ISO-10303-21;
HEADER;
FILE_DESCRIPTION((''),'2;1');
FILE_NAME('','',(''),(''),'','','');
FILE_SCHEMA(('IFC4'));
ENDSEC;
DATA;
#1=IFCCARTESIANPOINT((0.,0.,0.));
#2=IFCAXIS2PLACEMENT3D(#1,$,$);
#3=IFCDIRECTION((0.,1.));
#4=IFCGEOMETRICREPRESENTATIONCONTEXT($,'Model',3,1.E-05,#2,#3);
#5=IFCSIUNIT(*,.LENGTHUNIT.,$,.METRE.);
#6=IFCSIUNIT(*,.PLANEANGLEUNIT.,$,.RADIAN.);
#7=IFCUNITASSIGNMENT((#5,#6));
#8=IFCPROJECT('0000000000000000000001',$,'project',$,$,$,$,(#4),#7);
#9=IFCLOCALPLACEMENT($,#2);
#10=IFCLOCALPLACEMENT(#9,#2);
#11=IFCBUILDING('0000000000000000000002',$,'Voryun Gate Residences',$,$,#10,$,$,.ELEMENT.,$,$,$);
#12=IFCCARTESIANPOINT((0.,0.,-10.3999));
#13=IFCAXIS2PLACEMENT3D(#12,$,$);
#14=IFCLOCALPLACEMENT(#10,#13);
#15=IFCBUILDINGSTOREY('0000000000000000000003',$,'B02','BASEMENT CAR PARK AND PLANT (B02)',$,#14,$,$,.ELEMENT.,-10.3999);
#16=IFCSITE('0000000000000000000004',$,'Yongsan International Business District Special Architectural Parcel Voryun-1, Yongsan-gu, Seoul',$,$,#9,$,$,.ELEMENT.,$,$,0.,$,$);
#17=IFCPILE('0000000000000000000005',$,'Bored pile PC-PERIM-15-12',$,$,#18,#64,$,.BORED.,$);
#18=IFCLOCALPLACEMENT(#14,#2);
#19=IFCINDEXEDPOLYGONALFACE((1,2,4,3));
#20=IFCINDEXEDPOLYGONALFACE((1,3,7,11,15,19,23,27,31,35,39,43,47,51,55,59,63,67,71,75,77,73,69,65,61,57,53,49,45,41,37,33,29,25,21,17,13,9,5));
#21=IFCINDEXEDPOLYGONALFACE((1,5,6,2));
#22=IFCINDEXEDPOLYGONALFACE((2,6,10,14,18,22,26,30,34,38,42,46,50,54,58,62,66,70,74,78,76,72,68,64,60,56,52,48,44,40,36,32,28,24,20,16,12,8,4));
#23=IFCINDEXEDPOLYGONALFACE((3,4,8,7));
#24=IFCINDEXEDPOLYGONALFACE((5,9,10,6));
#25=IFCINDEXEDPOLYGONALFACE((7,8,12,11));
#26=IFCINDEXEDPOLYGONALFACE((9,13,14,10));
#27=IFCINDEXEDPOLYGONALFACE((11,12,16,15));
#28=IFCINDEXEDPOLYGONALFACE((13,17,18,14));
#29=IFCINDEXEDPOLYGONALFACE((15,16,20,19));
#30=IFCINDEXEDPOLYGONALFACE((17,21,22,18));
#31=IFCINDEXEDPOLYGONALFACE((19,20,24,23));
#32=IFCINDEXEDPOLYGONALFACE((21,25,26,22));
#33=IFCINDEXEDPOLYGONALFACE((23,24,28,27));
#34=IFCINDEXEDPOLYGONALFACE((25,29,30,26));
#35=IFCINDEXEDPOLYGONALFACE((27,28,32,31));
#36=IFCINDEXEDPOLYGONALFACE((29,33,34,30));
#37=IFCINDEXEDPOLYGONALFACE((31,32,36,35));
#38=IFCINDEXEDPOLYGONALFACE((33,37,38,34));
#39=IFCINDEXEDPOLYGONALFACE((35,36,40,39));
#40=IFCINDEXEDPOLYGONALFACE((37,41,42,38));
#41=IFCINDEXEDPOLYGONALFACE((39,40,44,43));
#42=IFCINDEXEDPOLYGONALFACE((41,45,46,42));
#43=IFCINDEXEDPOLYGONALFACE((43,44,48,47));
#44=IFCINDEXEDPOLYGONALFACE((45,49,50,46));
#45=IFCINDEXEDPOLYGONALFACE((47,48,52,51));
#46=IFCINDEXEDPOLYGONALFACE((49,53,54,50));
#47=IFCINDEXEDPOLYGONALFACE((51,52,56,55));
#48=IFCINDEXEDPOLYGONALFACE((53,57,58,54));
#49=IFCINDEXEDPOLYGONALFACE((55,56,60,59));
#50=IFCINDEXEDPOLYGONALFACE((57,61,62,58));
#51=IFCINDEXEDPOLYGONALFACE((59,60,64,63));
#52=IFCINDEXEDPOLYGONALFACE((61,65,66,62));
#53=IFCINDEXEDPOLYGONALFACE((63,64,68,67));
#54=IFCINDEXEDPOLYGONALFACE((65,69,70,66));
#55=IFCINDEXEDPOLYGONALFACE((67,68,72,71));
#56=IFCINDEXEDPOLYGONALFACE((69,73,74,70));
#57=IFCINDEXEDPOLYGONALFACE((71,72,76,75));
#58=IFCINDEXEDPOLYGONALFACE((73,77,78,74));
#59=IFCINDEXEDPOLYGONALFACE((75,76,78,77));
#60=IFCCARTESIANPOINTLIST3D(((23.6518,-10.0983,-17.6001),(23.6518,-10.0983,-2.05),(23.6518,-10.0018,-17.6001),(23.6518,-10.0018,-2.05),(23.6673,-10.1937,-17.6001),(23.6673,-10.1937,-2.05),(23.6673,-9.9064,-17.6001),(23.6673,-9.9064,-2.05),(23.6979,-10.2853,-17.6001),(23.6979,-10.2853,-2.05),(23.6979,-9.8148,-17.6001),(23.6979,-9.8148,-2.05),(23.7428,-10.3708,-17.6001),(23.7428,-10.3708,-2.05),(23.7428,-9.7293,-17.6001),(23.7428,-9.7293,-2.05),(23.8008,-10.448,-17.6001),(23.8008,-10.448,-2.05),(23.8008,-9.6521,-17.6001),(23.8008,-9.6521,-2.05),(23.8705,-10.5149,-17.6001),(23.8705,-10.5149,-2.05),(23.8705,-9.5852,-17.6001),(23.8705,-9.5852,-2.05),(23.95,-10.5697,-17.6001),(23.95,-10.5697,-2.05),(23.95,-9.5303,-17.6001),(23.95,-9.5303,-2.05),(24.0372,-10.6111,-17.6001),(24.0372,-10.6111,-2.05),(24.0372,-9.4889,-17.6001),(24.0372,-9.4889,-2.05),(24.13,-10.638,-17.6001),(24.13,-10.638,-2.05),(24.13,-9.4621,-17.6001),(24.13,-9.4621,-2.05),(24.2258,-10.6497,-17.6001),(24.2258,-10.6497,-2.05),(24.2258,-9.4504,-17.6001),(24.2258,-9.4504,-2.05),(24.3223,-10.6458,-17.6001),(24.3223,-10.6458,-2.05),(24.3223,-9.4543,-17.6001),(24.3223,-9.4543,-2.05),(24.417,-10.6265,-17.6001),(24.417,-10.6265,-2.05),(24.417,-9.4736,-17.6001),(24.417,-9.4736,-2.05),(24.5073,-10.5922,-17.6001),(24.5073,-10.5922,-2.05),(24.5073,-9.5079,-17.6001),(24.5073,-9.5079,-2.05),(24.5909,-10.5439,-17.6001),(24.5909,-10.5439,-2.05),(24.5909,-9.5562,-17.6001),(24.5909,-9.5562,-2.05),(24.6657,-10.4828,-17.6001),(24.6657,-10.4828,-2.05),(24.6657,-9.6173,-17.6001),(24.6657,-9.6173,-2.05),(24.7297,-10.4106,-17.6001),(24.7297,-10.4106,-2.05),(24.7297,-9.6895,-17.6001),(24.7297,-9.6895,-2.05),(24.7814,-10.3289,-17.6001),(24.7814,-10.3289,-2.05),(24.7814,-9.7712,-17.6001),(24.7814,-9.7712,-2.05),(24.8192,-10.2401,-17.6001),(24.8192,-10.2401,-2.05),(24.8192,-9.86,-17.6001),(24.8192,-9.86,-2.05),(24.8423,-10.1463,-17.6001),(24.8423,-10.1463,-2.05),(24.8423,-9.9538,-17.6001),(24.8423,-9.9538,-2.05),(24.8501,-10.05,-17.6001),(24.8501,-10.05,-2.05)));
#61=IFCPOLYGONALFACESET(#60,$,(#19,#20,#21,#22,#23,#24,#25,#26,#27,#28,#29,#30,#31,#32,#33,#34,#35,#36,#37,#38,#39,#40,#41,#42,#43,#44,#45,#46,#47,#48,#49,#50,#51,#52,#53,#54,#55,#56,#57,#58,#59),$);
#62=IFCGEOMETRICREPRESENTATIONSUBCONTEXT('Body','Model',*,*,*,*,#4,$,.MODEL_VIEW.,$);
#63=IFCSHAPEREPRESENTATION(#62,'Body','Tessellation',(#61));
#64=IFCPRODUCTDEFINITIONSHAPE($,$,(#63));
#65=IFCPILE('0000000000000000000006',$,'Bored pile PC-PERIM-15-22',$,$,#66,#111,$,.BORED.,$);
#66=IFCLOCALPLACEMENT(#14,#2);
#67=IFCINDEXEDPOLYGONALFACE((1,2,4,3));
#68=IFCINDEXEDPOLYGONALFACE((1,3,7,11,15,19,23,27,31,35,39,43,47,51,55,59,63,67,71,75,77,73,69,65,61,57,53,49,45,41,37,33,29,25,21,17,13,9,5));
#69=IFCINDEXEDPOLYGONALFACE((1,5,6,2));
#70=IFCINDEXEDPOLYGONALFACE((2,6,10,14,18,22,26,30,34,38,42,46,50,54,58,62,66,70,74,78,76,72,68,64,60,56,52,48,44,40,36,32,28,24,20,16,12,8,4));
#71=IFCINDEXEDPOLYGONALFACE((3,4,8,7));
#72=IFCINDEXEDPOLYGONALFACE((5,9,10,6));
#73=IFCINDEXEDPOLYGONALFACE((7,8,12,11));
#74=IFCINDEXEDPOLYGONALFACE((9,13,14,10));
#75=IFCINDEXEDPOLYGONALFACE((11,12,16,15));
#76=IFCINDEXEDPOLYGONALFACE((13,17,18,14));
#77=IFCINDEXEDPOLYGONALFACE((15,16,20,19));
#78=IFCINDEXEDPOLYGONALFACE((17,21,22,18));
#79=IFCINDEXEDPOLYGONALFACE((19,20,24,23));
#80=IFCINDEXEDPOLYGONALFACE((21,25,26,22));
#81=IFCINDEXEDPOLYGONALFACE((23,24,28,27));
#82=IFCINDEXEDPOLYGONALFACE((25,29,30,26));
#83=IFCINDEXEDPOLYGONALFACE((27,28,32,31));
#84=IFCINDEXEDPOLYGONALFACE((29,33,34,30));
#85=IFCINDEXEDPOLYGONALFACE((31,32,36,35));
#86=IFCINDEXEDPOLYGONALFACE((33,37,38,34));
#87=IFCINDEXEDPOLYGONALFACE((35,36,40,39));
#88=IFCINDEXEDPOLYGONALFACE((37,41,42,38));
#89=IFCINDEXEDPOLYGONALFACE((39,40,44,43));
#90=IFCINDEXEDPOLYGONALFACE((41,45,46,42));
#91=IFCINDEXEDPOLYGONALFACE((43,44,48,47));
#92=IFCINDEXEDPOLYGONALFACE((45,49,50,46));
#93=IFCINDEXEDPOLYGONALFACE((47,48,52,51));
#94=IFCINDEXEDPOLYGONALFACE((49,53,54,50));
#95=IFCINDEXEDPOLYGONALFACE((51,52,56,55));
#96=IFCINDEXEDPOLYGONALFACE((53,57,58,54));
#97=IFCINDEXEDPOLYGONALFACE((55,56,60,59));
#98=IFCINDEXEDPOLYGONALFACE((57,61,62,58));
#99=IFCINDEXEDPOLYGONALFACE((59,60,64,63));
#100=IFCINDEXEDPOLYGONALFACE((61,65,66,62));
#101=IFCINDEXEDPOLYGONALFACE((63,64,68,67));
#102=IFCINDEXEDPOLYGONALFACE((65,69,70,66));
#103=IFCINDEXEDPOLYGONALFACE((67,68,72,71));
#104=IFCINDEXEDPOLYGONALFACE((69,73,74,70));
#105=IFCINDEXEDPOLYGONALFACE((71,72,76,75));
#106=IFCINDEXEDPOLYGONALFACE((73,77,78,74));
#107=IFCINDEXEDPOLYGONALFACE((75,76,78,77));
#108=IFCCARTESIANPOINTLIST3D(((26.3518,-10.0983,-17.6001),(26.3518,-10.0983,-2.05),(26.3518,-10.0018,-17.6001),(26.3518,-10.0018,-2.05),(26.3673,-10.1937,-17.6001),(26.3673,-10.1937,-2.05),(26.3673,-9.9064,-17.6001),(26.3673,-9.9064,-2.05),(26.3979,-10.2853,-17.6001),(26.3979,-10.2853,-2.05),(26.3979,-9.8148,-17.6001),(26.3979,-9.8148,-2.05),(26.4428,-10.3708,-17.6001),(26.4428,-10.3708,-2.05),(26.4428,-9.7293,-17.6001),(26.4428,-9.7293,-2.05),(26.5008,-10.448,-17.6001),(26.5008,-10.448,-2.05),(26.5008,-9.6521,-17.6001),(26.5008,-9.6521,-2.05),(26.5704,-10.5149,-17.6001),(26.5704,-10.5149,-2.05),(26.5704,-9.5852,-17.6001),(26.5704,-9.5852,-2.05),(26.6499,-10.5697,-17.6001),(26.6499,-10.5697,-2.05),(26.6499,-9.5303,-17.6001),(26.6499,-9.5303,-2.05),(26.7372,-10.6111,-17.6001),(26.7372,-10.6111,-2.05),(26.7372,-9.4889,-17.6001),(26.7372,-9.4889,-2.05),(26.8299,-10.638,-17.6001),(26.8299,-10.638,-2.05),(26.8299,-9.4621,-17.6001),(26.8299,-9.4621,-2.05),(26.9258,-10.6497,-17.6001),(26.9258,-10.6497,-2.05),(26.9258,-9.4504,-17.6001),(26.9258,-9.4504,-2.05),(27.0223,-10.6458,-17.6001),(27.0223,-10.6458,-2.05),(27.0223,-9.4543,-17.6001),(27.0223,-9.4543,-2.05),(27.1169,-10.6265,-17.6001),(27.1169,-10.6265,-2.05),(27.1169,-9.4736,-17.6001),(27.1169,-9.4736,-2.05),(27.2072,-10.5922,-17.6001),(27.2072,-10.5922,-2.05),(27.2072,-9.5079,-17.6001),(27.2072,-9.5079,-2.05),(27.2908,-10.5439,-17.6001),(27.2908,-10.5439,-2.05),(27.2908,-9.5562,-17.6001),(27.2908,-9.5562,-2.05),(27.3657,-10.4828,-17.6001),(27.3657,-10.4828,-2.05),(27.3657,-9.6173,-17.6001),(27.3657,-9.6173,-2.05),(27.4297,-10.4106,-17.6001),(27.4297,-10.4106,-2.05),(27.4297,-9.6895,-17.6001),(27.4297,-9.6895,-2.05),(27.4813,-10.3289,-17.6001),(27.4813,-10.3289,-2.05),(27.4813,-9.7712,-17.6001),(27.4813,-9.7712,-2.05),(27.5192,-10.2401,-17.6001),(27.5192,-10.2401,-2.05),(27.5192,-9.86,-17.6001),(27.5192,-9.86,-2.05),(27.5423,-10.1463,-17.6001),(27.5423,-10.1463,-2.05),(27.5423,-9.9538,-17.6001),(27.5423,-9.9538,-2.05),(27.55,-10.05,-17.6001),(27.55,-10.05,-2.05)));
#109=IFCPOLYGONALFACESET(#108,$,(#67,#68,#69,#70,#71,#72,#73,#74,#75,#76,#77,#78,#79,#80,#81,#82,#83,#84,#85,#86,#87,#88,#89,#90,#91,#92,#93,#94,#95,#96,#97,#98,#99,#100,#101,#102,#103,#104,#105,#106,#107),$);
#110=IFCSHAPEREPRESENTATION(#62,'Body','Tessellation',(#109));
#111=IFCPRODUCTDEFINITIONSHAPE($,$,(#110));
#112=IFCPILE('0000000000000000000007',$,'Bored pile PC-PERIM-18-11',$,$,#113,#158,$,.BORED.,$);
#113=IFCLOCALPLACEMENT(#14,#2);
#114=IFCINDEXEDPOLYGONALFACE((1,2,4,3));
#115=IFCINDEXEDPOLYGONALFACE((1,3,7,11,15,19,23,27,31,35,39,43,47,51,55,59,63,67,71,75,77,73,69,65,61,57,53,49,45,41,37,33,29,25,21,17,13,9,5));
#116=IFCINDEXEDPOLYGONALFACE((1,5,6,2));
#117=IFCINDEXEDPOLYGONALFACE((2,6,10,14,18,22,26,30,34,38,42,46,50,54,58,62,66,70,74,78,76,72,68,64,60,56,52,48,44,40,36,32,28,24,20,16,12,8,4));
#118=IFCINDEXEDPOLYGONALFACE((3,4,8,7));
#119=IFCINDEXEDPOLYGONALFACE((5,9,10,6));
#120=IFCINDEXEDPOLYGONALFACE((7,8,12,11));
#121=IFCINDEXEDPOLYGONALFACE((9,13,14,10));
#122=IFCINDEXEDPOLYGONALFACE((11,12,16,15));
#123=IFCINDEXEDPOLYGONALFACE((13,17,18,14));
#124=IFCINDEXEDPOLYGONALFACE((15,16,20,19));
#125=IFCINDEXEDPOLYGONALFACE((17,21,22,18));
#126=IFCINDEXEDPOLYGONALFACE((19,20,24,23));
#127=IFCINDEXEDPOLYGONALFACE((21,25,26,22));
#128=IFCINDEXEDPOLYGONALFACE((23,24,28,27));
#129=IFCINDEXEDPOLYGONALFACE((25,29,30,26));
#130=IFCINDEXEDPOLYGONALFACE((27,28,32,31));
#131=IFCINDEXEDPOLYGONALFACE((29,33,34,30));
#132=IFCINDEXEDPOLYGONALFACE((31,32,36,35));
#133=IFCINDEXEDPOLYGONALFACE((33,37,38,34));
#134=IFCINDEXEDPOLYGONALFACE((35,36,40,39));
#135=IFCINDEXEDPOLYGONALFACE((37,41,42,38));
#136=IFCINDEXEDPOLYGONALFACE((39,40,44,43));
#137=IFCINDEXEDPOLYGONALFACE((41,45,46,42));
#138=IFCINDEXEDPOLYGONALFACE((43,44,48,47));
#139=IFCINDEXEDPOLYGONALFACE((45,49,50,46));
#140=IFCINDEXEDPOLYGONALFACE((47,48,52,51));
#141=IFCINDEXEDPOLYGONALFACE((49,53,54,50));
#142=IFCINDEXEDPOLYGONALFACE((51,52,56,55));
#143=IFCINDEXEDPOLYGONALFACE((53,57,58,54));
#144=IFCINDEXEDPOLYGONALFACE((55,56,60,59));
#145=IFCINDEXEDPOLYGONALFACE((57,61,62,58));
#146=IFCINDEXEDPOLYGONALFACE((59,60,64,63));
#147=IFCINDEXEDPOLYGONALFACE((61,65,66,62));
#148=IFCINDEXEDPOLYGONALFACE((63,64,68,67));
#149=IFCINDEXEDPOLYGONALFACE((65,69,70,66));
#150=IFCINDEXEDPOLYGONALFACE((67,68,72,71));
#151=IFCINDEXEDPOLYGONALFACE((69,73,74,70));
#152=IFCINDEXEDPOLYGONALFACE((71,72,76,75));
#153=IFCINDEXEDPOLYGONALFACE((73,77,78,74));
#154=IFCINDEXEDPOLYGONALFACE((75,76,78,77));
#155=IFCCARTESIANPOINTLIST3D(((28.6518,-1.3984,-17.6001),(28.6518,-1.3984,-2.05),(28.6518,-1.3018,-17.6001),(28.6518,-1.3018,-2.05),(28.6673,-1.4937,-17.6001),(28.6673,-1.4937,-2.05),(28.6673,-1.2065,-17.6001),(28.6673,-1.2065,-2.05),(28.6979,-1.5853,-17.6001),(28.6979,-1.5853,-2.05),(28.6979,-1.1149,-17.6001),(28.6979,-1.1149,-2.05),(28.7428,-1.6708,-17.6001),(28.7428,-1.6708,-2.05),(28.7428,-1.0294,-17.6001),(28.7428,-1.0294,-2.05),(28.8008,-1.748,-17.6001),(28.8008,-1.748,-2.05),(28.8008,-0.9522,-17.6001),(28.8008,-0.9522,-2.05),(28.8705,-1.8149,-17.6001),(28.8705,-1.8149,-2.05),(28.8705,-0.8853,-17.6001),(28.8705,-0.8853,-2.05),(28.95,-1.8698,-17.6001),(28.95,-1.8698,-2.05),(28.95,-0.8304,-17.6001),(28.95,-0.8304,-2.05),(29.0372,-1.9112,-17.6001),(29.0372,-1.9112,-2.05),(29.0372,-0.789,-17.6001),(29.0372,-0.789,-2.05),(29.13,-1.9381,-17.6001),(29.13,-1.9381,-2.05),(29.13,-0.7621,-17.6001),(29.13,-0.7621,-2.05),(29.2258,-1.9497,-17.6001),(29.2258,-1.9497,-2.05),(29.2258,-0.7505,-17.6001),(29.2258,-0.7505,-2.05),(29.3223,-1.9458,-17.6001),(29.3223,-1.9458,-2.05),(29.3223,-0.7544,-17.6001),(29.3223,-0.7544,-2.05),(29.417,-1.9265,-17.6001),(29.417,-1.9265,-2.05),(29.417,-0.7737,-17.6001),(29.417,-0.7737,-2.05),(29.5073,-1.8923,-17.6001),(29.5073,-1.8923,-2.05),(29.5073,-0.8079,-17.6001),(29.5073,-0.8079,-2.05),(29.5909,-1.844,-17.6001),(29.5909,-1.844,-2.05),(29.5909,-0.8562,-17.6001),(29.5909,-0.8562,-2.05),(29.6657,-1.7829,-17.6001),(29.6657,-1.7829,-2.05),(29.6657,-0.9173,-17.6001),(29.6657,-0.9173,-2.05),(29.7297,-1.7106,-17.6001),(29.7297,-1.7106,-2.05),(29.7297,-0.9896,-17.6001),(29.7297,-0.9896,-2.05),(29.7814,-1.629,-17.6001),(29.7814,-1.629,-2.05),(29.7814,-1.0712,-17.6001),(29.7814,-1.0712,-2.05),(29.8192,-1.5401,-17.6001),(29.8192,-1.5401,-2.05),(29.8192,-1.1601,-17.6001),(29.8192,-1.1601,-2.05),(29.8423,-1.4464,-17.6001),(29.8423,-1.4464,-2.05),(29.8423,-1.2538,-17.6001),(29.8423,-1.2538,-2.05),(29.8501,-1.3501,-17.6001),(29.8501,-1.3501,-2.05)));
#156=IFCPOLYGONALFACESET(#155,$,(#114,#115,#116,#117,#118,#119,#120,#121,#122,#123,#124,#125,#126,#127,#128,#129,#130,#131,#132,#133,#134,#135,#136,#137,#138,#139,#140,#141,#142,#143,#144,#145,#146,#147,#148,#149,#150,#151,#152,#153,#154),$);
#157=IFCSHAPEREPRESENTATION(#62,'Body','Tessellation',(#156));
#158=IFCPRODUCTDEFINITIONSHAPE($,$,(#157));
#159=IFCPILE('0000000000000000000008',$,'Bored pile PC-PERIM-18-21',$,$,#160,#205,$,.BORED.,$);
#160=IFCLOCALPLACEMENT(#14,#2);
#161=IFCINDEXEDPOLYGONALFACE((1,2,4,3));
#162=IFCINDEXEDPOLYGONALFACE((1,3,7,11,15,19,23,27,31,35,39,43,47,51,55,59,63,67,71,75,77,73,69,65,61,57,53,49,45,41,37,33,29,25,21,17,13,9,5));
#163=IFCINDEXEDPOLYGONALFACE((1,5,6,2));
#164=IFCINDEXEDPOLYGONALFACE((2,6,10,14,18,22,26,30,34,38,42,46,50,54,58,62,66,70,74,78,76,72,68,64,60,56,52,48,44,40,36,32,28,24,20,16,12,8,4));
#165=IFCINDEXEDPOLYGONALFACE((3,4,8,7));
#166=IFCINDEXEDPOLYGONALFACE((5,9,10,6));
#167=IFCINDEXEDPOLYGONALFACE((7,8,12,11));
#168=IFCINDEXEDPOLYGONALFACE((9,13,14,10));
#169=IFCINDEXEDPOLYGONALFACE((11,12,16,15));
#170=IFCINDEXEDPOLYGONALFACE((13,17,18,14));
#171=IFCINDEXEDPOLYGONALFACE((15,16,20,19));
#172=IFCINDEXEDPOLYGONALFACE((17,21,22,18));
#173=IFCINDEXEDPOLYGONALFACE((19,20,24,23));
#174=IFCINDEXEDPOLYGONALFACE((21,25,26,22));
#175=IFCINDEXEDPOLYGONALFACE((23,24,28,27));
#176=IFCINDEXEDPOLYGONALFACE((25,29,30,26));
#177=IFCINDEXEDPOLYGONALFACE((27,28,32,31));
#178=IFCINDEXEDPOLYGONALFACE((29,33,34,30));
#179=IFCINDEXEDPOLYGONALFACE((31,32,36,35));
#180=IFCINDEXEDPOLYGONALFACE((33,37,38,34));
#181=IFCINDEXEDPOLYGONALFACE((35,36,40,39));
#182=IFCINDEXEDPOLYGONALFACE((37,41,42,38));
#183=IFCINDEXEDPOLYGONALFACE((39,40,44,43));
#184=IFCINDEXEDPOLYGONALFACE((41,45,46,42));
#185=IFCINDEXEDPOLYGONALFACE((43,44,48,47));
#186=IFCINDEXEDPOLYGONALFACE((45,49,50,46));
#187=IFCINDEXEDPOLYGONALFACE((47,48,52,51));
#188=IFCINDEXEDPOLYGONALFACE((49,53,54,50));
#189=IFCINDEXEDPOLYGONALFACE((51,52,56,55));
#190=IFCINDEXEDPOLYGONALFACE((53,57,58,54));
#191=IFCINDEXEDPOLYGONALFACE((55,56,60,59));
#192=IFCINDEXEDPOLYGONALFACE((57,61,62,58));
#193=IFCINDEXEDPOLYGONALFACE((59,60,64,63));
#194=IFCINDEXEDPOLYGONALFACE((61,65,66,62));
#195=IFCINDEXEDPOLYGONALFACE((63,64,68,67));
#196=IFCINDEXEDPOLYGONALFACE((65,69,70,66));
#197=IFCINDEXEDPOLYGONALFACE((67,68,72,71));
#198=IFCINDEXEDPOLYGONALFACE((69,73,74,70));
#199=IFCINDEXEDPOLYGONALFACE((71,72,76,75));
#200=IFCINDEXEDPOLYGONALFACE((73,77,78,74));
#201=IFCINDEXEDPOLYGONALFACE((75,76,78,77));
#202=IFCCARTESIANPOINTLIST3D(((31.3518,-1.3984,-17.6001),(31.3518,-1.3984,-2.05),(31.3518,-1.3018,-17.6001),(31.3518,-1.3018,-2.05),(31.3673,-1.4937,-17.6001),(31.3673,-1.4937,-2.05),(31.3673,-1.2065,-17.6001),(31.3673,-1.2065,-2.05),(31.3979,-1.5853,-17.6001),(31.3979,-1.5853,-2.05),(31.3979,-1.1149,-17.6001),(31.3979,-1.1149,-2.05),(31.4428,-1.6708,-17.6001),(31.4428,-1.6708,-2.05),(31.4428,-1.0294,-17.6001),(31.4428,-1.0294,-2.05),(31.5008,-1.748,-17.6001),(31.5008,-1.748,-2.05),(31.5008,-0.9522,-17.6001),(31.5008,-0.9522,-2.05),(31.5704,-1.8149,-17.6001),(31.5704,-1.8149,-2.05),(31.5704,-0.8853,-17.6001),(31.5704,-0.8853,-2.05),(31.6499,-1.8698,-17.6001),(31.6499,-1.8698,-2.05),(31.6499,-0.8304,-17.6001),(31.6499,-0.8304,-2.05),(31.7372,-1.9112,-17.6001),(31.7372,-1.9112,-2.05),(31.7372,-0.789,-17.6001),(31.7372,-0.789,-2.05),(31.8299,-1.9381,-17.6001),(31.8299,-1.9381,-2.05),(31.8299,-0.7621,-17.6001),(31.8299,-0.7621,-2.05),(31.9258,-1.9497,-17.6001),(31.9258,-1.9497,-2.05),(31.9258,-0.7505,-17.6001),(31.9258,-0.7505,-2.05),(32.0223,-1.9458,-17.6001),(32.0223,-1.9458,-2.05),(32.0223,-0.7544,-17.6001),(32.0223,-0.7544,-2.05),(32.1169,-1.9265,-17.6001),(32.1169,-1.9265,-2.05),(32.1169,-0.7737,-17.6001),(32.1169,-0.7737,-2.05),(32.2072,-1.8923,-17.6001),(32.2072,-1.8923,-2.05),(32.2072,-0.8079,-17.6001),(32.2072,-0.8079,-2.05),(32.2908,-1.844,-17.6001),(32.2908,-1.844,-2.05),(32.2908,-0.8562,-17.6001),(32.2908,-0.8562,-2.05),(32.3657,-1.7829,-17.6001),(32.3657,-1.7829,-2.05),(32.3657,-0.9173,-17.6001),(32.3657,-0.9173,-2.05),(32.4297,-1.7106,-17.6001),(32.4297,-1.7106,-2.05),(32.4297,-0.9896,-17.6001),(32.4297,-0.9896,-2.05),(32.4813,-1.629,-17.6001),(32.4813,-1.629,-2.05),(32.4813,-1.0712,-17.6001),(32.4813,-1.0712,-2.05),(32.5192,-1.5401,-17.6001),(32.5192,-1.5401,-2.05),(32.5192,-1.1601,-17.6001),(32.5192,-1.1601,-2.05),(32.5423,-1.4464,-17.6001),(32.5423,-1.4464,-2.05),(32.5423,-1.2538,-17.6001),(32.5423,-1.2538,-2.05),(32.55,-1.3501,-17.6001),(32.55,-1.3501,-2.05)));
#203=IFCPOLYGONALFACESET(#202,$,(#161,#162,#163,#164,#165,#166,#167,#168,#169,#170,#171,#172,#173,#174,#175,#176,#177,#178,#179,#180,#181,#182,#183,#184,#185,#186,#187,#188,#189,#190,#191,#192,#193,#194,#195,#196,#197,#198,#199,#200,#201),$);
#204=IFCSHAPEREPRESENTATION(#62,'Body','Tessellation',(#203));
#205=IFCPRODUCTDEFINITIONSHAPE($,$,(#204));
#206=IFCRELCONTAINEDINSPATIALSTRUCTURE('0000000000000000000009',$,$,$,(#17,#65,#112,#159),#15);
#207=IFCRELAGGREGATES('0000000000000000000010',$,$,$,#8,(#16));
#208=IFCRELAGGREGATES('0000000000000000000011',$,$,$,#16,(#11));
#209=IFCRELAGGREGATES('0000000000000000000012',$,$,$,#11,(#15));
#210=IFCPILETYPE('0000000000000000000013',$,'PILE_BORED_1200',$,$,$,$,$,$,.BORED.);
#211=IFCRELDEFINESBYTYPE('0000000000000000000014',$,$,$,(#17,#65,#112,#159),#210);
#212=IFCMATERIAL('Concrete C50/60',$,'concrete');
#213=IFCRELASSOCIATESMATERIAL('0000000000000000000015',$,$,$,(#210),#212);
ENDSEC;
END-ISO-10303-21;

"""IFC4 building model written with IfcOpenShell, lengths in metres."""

from ifc_helpers import new_model, si_unit, direction, frame, origin, origin_2d, place, context, subcontext, project, spatial, circle, extrude, material, material_profile, profile_set, type_object, element, save


model = new_model("IFC4")

# Units and contexts
model_context = context("Model", 3, precision=1e-05, world=origin(), true_north=direction((0.0, 1.0)))
body_context = subcontext(model_context, "Body", "Model", "MODEL_VIEW")
ifc_project = project(units=[si_unit("LENGTHUNIT", "METRE"), si_unit("PLANEANGLEUNIT", "RADIAN")], contexts=[model_context])

# Site, building, storey
site_placement = place(None, origin())
site = spatial("IfcSite", under=ifc_project, at=site_placement, Name="Yongsan International Business District Special Architectural Parcel Voryun-1, Yongsan-gu, Seoul", CompositionType="ELEMENT", RefElevation=0.0)
building_placement = place(site_placement, origin())
building = spatial("IfcBuilding", under=site, at=building_placement, Name="Voryun Gate Residences", CompositionType="ELEMENT")
storey_placement = place(building_placement, frame((0.0, 0.0, -10.3999)))
storey = spatial("IfcBuildingStorey", under=building, at=storey_placement, Name="B02", Description="BASEMENT CAR PARK AND PLANT (B02)", CompositionType="ELEMENT", Elevation=-10.3999)

# Piles
ifc_material_1 = material(Name="Concrete C50/60", Category="concrete")
ifc_material_profile_1 = material_profile(ifc_material_1, circle(Radius=0.6001, at=origin_2d()), Name="PILE-D1200")
ifc_profile_set_1 = profile_set([ifc_material_profile_1], Name="Concrete C50/60")
pile_type_1 = type_object("IfcPileType", Name="PILE_BORED_1200", PredefinedType="BORED", material=ifc_profile_set_1)
for number, where, z_axis, x_axis, name in (
    (1, (24.25, -10.05, -2.05), (0.0, 0.0, -1.0), (1.0, 0.0, 0.0), "Bored pile PC-PERIM-15-12"),
    (2, (26.95, -10.05, -2.05), (0.0, 0.0, -1.0), (1.0, 0.0, 0.0), "Bored pile PC-PERIM-15-22"),
    (3, (29.25, -1.3501, -2.05), (0.0, 0.0, -1.0), (1.0, 0.0, 0.0), "Bored pile PC-PERIM-18-11"),
    (4, (31.95, -1.3501, -2.05), (0.0, 0.0, -1.0), (1.0, 0.0, 0.0), "Bored pile PC-PERIM-18-21"),
):
    element("IfcPile", number, at=place(storey_placement, frame(where, z_axis=z_axis, x_axis=x_axis)), inside=storey, type_object=pile_type_1, Name=name, PredefinedType="BORED", context=body_context, shape_type="SweptSolid", body=[
        extrude(circle(Radius=0.6001, at=origin_2d()), origin(), (0.0, 0.0, 1.0), 15.55),
    ])

save(model, "model.ifc")
